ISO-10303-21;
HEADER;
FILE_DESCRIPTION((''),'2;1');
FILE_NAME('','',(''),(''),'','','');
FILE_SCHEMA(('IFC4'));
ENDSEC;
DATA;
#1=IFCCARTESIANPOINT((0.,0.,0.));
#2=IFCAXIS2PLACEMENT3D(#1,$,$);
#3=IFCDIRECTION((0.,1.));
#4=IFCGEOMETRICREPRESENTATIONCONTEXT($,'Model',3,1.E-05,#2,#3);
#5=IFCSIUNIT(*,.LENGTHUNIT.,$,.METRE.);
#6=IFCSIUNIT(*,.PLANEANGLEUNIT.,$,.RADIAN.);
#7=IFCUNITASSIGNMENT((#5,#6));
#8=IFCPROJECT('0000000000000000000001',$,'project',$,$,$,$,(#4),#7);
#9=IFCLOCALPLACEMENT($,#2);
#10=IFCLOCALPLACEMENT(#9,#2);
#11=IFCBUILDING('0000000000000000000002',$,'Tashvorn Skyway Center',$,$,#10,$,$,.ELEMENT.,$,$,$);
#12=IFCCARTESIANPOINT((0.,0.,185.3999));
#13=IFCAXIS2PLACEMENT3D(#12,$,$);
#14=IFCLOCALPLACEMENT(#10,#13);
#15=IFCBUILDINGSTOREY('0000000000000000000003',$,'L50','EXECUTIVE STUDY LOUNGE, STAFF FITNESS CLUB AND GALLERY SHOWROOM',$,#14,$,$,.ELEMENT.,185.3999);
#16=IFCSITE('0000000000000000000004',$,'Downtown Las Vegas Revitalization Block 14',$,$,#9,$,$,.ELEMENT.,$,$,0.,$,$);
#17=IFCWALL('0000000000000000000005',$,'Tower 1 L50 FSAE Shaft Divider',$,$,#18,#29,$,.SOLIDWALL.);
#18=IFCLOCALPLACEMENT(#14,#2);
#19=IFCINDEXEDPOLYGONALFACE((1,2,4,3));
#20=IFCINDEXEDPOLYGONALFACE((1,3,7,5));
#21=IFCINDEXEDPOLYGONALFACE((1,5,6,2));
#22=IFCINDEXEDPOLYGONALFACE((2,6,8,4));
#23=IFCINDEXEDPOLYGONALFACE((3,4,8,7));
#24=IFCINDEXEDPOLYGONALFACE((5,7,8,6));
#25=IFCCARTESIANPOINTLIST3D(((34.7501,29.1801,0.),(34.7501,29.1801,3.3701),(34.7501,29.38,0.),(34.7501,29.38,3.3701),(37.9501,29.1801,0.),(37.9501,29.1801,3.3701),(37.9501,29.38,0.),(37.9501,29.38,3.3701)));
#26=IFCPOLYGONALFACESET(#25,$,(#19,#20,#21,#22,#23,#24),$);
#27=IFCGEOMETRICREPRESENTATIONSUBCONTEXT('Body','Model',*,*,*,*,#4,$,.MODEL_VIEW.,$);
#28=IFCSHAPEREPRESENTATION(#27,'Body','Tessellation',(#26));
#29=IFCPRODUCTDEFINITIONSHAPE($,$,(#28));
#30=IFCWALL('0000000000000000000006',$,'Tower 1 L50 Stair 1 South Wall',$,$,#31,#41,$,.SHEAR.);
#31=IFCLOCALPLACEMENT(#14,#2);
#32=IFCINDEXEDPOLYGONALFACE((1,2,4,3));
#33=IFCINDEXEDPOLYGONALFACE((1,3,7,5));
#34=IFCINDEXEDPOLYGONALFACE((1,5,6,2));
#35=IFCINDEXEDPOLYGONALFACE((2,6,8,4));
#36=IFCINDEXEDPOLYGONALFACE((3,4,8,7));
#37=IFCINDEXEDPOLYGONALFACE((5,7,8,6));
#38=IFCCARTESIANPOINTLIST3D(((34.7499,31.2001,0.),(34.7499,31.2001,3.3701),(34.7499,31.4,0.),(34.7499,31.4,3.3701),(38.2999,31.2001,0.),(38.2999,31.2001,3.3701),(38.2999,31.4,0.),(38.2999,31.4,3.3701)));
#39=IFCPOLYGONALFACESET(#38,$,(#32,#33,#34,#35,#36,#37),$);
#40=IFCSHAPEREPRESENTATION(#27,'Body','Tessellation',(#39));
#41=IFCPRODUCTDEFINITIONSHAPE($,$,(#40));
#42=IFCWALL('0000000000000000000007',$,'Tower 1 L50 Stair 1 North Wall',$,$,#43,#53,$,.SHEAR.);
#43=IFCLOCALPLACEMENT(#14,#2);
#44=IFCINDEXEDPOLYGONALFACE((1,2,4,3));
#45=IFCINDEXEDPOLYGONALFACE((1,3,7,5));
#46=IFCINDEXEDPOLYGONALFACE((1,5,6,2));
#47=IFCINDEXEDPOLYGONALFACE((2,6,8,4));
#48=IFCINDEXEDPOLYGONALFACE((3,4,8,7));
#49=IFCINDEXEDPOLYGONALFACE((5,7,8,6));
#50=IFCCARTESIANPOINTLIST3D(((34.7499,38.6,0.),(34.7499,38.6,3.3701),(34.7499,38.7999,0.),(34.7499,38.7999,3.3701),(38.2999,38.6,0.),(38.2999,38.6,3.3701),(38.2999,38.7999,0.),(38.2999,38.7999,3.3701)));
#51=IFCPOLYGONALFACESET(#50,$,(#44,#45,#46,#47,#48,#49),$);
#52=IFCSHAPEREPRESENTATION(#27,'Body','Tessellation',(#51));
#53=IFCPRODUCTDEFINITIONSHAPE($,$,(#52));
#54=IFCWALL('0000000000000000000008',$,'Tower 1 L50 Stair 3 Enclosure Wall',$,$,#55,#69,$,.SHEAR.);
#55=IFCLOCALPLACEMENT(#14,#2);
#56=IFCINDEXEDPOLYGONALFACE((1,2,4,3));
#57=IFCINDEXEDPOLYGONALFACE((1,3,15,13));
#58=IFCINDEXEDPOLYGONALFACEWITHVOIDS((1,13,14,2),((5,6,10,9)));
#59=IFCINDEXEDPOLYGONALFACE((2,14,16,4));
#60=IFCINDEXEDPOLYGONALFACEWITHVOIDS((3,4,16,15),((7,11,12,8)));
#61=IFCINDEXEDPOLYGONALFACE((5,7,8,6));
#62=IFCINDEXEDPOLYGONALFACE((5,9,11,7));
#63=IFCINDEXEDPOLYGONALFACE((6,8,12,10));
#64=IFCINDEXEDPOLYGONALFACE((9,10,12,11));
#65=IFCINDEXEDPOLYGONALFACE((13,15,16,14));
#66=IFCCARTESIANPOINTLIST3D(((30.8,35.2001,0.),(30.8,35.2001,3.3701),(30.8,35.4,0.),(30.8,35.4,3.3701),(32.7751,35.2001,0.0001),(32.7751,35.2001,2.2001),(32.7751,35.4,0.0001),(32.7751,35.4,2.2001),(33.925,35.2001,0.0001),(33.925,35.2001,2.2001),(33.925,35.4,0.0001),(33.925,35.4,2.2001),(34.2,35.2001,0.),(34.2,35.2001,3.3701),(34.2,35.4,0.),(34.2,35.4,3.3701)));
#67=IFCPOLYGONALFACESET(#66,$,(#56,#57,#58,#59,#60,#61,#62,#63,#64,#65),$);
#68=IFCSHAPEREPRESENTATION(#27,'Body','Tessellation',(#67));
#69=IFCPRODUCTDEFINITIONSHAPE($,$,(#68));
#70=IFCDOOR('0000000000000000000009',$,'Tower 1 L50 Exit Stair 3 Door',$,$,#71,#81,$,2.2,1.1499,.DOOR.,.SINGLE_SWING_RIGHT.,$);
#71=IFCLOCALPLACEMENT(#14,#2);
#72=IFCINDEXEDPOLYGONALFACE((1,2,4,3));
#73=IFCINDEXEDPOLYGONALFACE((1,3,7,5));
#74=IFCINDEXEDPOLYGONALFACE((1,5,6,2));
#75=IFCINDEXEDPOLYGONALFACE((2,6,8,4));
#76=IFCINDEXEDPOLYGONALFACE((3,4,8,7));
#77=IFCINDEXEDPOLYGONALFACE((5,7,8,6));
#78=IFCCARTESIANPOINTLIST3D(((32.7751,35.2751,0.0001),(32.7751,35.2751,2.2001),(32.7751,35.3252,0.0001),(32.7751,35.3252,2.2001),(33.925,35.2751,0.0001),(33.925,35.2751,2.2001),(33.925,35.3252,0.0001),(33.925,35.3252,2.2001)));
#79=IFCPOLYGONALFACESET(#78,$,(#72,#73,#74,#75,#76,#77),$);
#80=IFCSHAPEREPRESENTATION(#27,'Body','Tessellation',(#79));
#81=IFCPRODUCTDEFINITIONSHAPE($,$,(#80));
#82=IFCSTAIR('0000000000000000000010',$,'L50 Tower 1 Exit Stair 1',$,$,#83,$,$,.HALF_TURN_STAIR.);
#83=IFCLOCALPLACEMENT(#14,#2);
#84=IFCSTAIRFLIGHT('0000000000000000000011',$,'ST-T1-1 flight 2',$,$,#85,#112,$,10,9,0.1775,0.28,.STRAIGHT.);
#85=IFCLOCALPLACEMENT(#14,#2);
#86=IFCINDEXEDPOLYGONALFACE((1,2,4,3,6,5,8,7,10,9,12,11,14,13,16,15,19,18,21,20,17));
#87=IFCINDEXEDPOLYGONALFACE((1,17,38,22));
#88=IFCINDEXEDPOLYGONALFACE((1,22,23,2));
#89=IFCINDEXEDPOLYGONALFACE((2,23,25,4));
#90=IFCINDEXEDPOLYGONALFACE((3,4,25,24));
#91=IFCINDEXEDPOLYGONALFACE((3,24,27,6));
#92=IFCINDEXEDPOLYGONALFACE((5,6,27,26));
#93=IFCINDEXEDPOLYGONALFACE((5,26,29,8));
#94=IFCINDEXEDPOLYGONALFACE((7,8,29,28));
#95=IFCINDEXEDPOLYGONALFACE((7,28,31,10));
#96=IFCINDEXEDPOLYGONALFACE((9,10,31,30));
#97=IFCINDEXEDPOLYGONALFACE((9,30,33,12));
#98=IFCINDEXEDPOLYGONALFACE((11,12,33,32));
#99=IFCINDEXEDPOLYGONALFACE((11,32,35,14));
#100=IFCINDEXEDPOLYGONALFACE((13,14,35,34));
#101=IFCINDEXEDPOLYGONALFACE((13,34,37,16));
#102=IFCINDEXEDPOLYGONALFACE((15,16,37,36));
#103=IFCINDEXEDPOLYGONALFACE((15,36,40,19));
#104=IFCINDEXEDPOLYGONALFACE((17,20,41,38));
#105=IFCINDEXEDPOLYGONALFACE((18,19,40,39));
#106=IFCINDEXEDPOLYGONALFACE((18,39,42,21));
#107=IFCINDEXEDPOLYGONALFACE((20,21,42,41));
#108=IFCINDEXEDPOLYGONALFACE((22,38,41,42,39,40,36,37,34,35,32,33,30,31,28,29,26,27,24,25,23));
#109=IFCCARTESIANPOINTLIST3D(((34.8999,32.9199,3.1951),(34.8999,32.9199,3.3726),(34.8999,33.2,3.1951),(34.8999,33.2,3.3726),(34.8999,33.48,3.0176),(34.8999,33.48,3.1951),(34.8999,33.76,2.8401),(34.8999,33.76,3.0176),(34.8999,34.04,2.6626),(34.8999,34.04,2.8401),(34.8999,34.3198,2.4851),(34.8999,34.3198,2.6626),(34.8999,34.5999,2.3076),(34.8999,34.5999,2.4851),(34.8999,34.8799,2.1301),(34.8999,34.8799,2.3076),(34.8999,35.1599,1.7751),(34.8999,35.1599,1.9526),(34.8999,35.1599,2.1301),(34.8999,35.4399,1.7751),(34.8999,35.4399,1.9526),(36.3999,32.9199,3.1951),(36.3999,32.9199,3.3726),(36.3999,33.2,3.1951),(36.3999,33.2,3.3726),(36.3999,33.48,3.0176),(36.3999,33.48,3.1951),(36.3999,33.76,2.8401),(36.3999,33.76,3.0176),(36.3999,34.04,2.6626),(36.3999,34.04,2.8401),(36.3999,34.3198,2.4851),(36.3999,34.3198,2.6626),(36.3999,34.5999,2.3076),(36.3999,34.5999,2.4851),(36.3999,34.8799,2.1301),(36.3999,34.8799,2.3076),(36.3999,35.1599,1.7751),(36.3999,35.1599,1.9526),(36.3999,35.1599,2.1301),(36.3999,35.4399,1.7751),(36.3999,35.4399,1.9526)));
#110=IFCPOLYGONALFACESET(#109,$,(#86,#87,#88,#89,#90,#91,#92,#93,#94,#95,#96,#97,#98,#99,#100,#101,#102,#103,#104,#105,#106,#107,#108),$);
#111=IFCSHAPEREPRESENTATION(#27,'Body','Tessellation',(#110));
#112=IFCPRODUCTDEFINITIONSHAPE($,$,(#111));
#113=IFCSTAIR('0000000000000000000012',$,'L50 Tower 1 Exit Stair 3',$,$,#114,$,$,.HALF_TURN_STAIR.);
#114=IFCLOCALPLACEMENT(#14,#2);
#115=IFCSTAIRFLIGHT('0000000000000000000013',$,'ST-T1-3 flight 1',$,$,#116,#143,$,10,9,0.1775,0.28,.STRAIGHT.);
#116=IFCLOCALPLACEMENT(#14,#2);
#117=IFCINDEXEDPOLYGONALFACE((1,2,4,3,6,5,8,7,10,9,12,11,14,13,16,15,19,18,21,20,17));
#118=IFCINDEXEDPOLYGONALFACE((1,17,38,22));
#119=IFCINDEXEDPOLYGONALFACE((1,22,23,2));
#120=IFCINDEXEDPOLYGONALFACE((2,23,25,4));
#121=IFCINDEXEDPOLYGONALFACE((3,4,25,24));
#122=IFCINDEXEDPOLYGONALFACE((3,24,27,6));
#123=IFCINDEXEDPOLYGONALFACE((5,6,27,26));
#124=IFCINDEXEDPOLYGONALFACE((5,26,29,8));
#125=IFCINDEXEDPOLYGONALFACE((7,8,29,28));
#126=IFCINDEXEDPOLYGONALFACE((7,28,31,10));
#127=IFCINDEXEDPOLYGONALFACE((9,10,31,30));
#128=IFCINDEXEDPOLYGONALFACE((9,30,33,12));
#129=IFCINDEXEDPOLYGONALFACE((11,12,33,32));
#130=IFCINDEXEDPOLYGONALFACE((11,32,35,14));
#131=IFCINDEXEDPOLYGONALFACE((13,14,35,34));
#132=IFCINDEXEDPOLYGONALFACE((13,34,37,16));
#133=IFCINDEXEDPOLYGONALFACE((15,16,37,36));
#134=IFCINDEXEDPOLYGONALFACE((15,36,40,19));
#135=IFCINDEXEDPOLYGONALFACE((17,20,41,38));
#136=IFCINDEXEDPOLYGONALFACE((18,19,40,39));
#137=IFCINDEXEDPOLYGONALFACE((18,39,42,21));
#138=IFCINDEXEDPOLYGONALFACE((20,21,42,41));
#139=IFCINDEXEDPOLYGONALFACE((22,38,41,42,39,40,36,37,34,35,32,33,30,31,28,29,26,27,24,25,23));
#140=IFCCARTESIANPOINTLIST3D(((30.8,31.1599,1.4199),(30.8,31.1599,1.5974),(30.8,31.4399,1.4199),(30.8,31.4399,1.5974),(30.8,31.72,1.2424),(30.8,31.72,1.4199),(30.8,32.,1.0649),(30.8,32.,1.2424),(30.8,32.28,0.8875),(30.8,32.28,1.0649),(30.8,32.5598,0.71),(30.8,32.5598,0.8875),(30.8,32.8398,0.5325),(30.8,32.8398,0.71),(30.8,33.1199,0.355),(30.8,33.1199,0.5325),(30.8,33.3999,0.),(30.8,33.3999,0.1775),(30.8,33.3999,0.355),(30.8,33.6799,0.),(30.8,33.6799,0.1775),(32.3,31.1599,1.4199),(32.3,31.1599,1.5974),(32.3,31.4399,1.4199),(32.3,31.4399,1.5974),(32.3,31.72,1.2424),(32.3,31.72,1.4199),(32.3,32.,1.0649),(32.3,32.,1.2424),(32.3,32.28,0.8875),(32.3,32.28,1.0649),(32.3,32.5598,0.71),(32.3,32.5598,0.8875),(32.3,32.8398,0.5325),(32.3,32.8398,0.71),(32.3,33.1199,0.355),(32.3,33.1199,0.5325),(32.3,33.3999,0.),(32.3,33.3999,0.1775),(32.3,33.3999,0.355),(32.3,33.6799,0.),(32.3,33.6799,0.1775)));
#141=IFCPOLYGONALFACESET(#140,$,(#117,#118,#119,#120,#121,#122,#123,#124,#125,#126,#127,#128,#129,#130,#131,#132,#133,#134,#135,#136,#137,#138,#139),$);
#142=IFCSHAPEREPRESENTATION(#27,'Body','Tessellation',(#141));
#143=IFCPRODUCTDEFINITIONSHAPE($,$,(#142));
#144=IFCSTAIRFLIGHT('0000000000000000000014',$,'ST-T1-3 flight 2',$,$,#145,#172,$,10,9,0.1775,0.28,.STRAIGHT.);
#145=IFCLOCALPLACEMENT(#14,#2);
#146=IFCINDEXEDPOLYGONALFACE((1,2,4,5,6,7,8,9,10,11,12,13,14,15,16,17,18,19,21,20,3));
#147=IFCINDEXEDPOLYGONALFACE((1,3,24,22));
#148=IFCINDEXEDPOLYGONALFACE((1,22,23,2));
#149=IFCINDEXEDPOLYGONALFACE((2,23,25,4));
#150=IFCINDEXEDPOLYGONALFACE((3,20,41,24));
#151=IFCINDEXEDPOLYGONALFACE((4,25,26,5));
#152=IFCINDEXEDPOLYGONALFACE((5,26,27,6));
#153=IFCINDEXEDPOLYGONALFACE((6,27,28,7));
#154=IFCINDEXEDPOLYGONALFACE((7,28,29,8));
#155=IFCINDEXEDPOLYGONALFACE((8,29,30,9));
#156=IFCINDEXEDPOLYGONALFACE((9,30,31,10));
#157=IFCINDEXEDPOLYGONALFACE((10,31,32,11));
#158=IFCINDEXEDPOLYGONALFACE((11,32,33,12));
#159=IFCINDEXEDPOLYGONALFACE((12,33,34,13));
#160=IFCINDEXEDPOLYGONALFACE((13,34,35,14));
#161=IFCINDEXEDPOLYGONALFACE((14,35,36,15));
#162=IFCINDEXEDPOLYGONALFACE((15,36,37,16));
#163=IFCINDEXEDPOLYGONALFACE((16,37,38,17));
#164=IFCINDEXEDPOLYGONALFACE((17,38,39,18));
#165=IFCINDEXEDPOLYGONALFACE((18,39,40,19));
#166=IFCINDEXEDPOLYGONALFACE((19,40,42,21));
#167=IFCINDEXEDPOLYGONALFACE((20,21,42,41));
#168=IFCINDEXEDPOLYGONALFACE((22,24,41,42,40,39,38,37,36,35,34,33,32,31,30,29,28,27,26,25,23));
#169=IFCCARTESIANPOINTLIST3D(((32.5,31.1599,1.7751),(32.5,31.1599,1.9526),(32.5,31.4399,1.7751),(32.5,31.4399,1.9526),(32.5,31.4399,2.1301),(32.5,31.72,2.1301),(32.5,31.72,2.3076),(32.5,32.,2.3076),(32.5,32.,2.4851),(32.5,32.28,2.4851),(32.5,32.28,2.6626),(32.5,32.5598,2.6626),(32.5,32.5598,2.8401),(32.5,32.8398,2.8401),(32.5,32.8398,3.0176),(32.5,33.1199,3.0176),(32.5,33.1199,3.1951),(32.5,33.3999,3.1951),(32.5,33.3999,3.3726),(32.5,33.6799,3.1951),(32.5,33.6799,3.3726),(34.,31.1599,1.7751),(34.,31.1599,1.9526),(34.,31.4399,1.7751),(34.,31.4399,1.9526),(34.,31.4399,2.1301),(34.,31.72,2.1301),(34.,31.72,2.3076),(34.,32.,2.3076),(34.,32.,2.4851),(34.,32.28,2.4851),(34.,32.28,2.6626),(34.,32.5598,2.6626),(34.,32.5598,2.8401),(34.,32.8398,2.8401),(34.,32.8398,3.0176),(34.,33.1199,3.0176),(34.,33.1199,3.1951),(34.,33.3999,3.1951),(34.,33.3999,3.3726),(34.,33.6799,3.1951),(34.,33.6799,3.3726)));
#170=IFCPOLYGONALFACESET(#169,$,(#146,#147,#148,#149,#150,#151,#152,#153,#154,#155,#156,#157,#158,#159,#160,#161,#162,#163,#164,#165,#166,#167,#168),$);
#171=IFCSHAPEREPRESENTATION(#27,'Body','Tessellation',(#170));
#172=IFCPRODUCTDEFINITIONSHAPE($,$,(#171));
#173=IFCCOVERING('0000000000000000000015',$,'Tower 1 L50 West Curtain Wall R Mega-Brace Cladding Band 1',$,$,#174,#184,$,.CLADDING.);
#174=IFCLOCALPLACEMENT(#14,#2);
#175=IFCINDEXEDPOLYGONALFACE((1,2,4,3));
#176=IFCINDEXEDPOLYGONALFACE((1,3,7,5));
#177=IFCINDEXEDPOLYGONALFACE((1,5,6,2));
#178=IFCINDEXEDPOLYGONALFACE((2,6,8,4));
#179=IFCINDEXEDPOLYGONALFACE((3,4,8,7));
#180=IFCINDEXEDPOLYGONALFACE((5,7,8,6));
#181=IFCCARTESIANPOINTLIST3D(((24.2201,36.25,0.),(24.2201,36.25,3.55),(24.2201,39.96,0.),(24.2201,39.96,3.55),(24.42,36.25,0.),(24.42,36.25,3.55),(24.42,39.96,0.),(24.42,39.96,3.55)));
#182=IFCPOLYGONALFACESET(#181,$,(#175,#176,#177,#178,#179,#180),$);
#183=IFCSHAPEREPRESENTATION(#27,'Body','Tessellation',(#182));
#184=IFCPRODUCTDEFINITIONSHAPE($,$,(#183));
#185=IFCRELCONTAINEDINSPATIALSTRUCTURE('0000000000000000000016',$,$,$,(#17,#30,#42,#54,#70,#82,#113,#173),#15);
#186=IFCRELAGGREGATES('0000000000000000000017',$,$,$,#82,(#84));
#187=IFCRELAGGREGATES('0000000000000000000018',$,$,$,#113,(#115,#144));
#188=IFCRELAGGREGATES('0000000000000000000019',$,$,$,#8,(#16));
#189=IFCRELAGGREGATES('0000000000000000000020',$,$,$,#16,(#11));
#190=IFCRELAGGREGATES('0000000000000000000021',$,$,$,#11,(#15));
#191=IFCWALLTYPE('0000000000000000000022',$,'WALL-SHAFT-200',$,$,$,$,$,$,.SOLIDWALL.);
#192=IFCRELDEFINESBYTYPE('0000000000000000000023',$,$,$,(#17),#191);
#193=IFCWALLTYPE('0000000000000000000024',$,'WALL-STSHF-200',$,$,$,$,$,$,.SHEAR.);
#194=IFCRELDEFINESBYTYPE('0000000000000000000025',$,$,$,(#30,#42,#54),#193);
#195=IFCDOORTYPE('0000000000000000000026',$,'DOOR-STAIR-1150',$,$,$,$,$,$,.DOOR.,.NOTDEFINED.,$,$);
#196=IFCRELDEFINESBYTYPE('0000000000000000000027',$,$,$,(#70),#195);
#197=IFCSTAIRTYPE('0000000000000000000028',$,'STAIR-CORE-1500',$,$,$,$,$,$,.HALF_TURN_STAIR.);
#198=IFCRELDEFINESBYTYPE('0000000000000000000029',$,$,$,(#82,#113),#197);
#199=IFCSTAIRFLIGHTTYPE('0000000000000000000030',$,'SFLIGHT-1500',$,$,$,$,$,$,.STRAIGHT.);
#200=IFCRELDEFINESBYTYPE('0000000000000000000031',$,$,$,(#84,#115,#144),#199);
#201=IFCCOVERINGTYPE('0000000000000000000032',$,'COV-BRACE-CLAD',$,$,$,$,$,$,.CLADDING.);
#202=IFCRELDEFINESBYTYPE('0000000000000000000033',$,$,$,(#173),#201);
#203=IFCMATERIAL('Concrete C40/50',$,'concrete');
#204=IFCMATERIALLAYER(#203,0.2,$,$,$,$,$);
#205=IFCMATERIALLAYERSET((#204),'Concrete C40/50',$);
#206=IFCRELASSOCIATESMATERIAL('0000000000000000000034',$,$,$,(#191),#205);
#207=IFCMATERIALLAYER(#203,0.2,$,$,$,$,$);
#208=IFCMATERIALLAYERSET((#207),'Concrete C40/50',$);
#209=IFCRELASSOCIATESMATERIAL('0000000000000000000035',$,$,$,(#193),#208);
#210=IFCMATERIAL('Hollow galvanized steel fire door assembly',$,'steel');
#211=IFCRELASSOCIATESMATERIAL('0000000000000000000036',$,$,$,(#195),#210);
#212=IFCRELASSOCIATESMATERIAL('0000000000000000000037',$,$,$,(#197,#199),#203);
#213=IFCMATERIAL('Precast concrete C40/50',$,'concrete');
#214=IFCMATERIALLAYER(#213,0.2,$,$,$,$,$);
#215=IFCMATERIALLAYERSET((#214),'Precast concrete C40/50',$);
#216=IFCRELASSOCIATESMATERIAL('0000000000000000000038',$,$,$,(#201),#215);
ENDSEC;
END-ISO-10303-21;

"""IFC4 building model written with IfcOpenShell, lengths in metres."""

from ifc_helpers import new_model, si_unit, direction, frame, frame_2d, origin, origin_2d, place, context, subcontext, project, spatial, polyline, rectangle, outline, extrude, material, layer, layer_set, type_object, element, fill, aggregate, save


model = new_model("IFC4")

# Units and contexts
model_context = context("Model", 3, precision=1e-05, world=origin(), true_north=direction((0.0, 1.0)))
body_context = subcontext(model_context, "Body", "Model", "MODEL_VIEW")
ifc_project = project(units=[si_unit("LENGTHUNIT", "METRE"), si_unit("PLANEANGLEUNIT", "RADIAN")], contexts=[model_context])

# Site, building, storey
site_placement = place(None, origin())
site = spatial("IfcSite", under=ifc_project, at=site_placement, Name="Downtown Las Vegas Revitalization Block 14", CompositionType="ELEMENT", RefElevation=0.0)
building_placement = place(site_placement, origin())
building = spatial("IfcBuilding", under=site, at=building_placement, Name="Tashvorn Skyway Center", CompositionType="ELEMENT")
storey_placement = place(building_placement, frame((0.0, 0.0, 185.3999)))
storey = spatial("IfcBuildingStorey", under=building, at=storey_placement, Name="L50", Description="EXECUTIVE STUDY LOUNGE, STAFF FITNESS CLUB AND GALLERY SHOWROOM", CompositionType="ELEMENT", Elevation=185.3999)

# Walls
ifc_material_1 = material(Name="Concrete C40/50", Category="concrete")
ifc_layer_1 = layer(ifc_material_1, 0.2)
ifc_layer_set_1 = layer_set([ifc_layer_1], Name="Concrete C40/50")
wall_type_1 = type_object("IfcWallType", Name="WALL-SHAFT-200", PredefinedType="SOLIDWALL", material=ifc_layer_set_1)
wall_1_placement = place(storey_placement, frame((34.75, 29.28, 0.0), z_axis=(0.0, 0.0, 1.0), x_axis=(1.0, 0.0, 0.0)))
element("IfcWall", 1, at=wall_1_placement, inside=storey, type_object=wall_type_1, Name="Tower 1 L50 FSAE Shaft Divider", PredefinedType="SOLIDWALL", context=body_context, shape_type="SweptSolid", body=[
    extrude(rectangle(XDim=3.2, YDim=0.2, at=frame_2d((1.6001, 0.0))), origin(), (0.0, 0.0, 1.0), 3.3701),
])
ifc_layer_2 = layer(ifc_material_1, 0.2)
ifc_layer_set_2 = layer_set([ifc_layer_2], Name="Concrete C40/50")
wall_type_2 = type_object("IfcWallType", Name="WALL-STSHF-200", PredefinedType="SHEAR", material=ifc_layer_set_2)
for number, where, z_axis, x_axis, name in (
    (2, (34.75, 31.3, 0.0), (0.0, 0.0, 1.0), (1.0, 0.0, 0.0), "Tower 1 L50 Stair 1 South Wall"),
    (3, (34.75, 38.7, 0.0), (0.0, 0.0, 1.0), (1.0, 0.0, 0.0), "Tower 1 L50 Stair 1 North Wall"),
):
    element("IfcWall", number, at=place(storey_placement, frame(where, z_axis=z_axis, x_axis=x_axis)), inside=storey, type_object=wall_type_2, Name=name, PredefinedType="SHEAR", context=body_context, shape_type="SweptSolid", body=[
        extrude(rectangle(XDim=3.55, YDim=0.2, at=frame_2d((1.7749, 0.0))), origin(), (0.0, 0.0, 1.0), 3.3701),
    ])

# Wall, opening, door
wall_2_placement = place(storey_placement, frame((34.2, 35.3, 0.0), z_axis=(0.0, 0.0, 1.0), x_axis=(-1.0, 0.0, 0.0)))
wall_2 = element("IfcWall", 4, at=wall_2_placement, inside=storey, type_object=wall_type_2, Name="Tower 1 L50 Stair 3 Enclosure Wall", PredefinedType="SHEAR", context=body_context, shape_type="SweptSolid", body=[
    extrude(rectangle(XDim=3.3999, YDim=0.2, at=frame_2d((1.7, 0.0))), origin(), (0.0, 0.0, 1.0), 3.3701),
])
opening_placement = place(wall_2_placement, frame((0.2749, 0.0, 0.0)))
opening = element("IfcOpeningElement", 5, at=opening_placement, cuts=wall_2, PredefinedType="OPENING", context=body_context, shape_type="SweptSolid", body=[
    extrude(rectangle(XDim=1.1499, YDim=2.2, at=frame_2d((0.575, 1.1001))), frame((0.0, 0.1099, 0.0), z_axis=(0.0, -1.0, 0.0), x_axis=(1.0, 0.0, 0.0)), (0.0, 0.0, 1.0), 0.22),
])
ifc_material_2 = material(Name="Hollow galvanized steel fire door assembly", Category="steel")
door_type = type_object("IfcDoorType", Name="DOOR-STAIR-1150", OperationType="NOTDEFINED", PredefinedType="DOOR", material=ifc_material_2)
door_placement = place(opening_placement, origin())
door = element("IfcDoor", 6, at=door_placement, inside=storey, type_object=door_type, Name="Tower 1 L50 Exit Stair 3 Door", OperationType="SINGLE_SWING_RIGHT", OverallHeight=2.2, OverallWidth=1.1499, PredefinedType="DOOR", context=body_context, shape_type="SweptSolid", body=[
    extrude(rectangle(XDim=1.1499, YDim=2.2, at=frame_2d((0.575, 1.1001))), frame((0.0, 0.0249, 0.0), z_axis=(0.0, -1.0, 0.0), x_axis=(1.0, 0.0, 0.0)), (0.0, 0.0, 1.0), 0.05),
])
fill(opening, door)

# Stair, stair flight
stair_type = type_object("IfcStairType", Name="STAIR-CORE-1500", PredefinedType="HALF_TURN_STAIR", material=ifc_material_1)
stair_1_placement = place(storey_placement, origin())
stair_1 = element("IfcStair", 7, at=stair_1_placement, inside=storey, type_object=stair_type, Name="L50 Tower 1 Exit Stair 1", PredefinedType="HALF_TURN_STAIR")
stair_flight_type = type_object("IfcStairFlightType", Name="SFLIGHT-1500", PredefinedType="STRAIGHT", material=ifc_material_1)
stair_flight_1_placement = place(storey_placement, frame((35.6499, 35.4399, 1.7751), z_axis=(0.0, 0.0, 1.0), x_axis=(0.0, -1.0, 0.0)))
stair_flight_1 = element("IfcStairFlight", 8, at=stair_flight_1_placement, type_object=stair_flight_type, Name="ST-T1-1 flight 2", NumberOfRisers=10, NumberOfTreads=9, PredefinedType="STRAIGHT", RiserHeight=0.1775, TreadLength=0.28, context=body_context, shape_type="SweptSolid", body=[
    extrude(outline(polyline([(0.0, 0.0), (0.0, 0.1775), (0.28, 0.1775), (0.28, 0.355), (0.5601, 0.355), (0.5601, 0.5325), (0.8401, 0.5325), (0.8401, 0.71), (1.1201, 0.71), (1.1201, 0.8875), (1.3999, 0.8875), (1.3999, 1.0649), (1.6799, 1.0649), (1.6799, 1.2424), (1.96, 1.2424), (1.96, 1.4199), (2.24, 1.4199), (2.24, 1.5974), (2.52, 1.5974), (2.52, 1.7749), (2.52, 1.4199), (0.28, 0.0), (0.0, 0.0)])), frame((0.0, 0.75, 0.0), z_axis=(0.0, -1.0, 0.0), x_axis=(1.0, 0.0, 0.0)), (0.0, 0.0, 1.0), 1.5),
])
aggregate(stair_1, [stair_flight_1])

# Stair, stair flights
stair_2_placement = place(storey_placement, origin())
stair_2 = element("IfcStair", 9, at=stair_2_placement, inside=storey, type_object=stair_type, Name="L50 Tower 1 Exit Stair 3", PredefinedType="HALF_TURN_STAIR")
stair_flight_2_placement = place(storey_placement, frame((31.55, 33.6799, 0.0), z_axis=(0.0, 0.0, 1.0), x_axis=(0.0, -1.0, 0.0)))
stair_flight_2 = element("IfcStairFlight", 10, at=stair_flight_2_placement, type_object=stair_flight_type, Name="ST-T1-3 flight 1", NumberOfRisers=10, NumberOfTreads=9, PredefinedType="STRAIGHT", RiserHeight=0.1775, TreadLength=0.28, context=body_context, shape_type="SweptSolid", body=[
    extrude(outline(polyline([(0.0, 0.0), (0.0, 0.1775), (0.28, 0.1775), (0.28, 0.355), (0.5601, 0.355), (0.5601, 0.5325), (0.8401, 0.5325), (0.8401, 0.71), (1.1201, 0.71), (1.1201, 0.8875), (1.3999, 0.8875), (1.3999, 1.0649), (1.6799, 1.0649), (1.6799, 1.2424), (1.96, 1.2424), (1.96, 1.4199), (2.24, 1.4199), (2.24, 1.5974), (2.52, 1.5974), (2.52, 1.7749), (2.52, 1.4199), (0.28, 0.0), (0.0, 0.0)])), frame((0.0, 0.75, 0.0), z_axis=(0.0, -1.0, 0.0), x_axis=(1.0, 0.0, 0.0)), (0.0, 0.0, 1.0), 1.5),
])
stair_flight_3_placement = place(storey_placement, frame((33.25, 31.1599, 1.7751), z_axis=(0.0, 0.0, 1.0), x_axis=(0.0, 1.0, 0.0)))
stair_flight_3 = element("IfcStairFlight", 11, at=stair_flight_3_placement, type_object=stair_flight_type, Name="ST-T1-3 flight 2", NumberOfRisers=10, NumberOfTreads=9, PredefinedType="STRAIGHT", RiserHeight=0.1775, TreadLength=0.28, context=body_context, shape_type="SweptSolid", body=[
    extrude(outline(polyline([(0.0, 0.0), (0.0, 0.1775), (0.28, 0.1775), (0.28, 0.355), (0.5601, 0.355), (0.5601, 0.5325), (0.8401, 0.5325), (0.8401, 0.71), (1.1201, 0.71), (1.1201, 0.8875), (1.3999, 0.8875), (1.3999, 1.0649), (1.6799, 1.0649), (1.6799, 1.2424), (1.96, 1.2424), (1.96, 1.4199), (2.24, 1.4199), (2.24, 1.5974), (2.52, 1.5974), (2.52, 1.7749), (2.52, 1.4199), (0.28, 0.0), (0.0, 0.0)])), frame((0.0, 0.75, 0.0), z_axis=(0.0, -1.0, 0.0), x_axis=(1.0, 0.0, 0.0)), (0.0, 0.0, 1.0), 1.5),
])
aggregate(stair_2, [stair_flight_2, stair_flight_3])

# Covering
ifc_material_3 = material(Name="Precast concrete C40/50", Category="concrete")
ifc_layer_3 = layer(ifc_material_3, 0.2)
ifc_layer_set_3 = layer_set([ifc_layer_3], Name="Precast concrete C40/50")
covering_type_1 = type_object("IfcCoveringType", Name="COV-BRACE-CLAD", PredefinedType="CLADDING", material=ifc_layer_set_3)
covering_1_placement = place(storey_placement, frame((24.3201, 38.105, 0.0), z_axis=(0.0, 0.0, 1.0), x_axis=(0.0, 1.0, 0.0)))
element("IfcCovering", 12, at=covering_1_placement, inside=storey, type_object=covering_type_1, Name="Tower 1 L50 West Curtain Wall R Mega-Brace Cladding Band 1", PredefinedType="CLADDING", context=body_context, shape_type="SweptSolid", body=[
    extrude(rectangle(XDim=3.71, YDim=0.2, at=origin_2d()), origin(), (0.0, 0.0, 1.0), 3.55),
])

save(model, "model.ifc")
